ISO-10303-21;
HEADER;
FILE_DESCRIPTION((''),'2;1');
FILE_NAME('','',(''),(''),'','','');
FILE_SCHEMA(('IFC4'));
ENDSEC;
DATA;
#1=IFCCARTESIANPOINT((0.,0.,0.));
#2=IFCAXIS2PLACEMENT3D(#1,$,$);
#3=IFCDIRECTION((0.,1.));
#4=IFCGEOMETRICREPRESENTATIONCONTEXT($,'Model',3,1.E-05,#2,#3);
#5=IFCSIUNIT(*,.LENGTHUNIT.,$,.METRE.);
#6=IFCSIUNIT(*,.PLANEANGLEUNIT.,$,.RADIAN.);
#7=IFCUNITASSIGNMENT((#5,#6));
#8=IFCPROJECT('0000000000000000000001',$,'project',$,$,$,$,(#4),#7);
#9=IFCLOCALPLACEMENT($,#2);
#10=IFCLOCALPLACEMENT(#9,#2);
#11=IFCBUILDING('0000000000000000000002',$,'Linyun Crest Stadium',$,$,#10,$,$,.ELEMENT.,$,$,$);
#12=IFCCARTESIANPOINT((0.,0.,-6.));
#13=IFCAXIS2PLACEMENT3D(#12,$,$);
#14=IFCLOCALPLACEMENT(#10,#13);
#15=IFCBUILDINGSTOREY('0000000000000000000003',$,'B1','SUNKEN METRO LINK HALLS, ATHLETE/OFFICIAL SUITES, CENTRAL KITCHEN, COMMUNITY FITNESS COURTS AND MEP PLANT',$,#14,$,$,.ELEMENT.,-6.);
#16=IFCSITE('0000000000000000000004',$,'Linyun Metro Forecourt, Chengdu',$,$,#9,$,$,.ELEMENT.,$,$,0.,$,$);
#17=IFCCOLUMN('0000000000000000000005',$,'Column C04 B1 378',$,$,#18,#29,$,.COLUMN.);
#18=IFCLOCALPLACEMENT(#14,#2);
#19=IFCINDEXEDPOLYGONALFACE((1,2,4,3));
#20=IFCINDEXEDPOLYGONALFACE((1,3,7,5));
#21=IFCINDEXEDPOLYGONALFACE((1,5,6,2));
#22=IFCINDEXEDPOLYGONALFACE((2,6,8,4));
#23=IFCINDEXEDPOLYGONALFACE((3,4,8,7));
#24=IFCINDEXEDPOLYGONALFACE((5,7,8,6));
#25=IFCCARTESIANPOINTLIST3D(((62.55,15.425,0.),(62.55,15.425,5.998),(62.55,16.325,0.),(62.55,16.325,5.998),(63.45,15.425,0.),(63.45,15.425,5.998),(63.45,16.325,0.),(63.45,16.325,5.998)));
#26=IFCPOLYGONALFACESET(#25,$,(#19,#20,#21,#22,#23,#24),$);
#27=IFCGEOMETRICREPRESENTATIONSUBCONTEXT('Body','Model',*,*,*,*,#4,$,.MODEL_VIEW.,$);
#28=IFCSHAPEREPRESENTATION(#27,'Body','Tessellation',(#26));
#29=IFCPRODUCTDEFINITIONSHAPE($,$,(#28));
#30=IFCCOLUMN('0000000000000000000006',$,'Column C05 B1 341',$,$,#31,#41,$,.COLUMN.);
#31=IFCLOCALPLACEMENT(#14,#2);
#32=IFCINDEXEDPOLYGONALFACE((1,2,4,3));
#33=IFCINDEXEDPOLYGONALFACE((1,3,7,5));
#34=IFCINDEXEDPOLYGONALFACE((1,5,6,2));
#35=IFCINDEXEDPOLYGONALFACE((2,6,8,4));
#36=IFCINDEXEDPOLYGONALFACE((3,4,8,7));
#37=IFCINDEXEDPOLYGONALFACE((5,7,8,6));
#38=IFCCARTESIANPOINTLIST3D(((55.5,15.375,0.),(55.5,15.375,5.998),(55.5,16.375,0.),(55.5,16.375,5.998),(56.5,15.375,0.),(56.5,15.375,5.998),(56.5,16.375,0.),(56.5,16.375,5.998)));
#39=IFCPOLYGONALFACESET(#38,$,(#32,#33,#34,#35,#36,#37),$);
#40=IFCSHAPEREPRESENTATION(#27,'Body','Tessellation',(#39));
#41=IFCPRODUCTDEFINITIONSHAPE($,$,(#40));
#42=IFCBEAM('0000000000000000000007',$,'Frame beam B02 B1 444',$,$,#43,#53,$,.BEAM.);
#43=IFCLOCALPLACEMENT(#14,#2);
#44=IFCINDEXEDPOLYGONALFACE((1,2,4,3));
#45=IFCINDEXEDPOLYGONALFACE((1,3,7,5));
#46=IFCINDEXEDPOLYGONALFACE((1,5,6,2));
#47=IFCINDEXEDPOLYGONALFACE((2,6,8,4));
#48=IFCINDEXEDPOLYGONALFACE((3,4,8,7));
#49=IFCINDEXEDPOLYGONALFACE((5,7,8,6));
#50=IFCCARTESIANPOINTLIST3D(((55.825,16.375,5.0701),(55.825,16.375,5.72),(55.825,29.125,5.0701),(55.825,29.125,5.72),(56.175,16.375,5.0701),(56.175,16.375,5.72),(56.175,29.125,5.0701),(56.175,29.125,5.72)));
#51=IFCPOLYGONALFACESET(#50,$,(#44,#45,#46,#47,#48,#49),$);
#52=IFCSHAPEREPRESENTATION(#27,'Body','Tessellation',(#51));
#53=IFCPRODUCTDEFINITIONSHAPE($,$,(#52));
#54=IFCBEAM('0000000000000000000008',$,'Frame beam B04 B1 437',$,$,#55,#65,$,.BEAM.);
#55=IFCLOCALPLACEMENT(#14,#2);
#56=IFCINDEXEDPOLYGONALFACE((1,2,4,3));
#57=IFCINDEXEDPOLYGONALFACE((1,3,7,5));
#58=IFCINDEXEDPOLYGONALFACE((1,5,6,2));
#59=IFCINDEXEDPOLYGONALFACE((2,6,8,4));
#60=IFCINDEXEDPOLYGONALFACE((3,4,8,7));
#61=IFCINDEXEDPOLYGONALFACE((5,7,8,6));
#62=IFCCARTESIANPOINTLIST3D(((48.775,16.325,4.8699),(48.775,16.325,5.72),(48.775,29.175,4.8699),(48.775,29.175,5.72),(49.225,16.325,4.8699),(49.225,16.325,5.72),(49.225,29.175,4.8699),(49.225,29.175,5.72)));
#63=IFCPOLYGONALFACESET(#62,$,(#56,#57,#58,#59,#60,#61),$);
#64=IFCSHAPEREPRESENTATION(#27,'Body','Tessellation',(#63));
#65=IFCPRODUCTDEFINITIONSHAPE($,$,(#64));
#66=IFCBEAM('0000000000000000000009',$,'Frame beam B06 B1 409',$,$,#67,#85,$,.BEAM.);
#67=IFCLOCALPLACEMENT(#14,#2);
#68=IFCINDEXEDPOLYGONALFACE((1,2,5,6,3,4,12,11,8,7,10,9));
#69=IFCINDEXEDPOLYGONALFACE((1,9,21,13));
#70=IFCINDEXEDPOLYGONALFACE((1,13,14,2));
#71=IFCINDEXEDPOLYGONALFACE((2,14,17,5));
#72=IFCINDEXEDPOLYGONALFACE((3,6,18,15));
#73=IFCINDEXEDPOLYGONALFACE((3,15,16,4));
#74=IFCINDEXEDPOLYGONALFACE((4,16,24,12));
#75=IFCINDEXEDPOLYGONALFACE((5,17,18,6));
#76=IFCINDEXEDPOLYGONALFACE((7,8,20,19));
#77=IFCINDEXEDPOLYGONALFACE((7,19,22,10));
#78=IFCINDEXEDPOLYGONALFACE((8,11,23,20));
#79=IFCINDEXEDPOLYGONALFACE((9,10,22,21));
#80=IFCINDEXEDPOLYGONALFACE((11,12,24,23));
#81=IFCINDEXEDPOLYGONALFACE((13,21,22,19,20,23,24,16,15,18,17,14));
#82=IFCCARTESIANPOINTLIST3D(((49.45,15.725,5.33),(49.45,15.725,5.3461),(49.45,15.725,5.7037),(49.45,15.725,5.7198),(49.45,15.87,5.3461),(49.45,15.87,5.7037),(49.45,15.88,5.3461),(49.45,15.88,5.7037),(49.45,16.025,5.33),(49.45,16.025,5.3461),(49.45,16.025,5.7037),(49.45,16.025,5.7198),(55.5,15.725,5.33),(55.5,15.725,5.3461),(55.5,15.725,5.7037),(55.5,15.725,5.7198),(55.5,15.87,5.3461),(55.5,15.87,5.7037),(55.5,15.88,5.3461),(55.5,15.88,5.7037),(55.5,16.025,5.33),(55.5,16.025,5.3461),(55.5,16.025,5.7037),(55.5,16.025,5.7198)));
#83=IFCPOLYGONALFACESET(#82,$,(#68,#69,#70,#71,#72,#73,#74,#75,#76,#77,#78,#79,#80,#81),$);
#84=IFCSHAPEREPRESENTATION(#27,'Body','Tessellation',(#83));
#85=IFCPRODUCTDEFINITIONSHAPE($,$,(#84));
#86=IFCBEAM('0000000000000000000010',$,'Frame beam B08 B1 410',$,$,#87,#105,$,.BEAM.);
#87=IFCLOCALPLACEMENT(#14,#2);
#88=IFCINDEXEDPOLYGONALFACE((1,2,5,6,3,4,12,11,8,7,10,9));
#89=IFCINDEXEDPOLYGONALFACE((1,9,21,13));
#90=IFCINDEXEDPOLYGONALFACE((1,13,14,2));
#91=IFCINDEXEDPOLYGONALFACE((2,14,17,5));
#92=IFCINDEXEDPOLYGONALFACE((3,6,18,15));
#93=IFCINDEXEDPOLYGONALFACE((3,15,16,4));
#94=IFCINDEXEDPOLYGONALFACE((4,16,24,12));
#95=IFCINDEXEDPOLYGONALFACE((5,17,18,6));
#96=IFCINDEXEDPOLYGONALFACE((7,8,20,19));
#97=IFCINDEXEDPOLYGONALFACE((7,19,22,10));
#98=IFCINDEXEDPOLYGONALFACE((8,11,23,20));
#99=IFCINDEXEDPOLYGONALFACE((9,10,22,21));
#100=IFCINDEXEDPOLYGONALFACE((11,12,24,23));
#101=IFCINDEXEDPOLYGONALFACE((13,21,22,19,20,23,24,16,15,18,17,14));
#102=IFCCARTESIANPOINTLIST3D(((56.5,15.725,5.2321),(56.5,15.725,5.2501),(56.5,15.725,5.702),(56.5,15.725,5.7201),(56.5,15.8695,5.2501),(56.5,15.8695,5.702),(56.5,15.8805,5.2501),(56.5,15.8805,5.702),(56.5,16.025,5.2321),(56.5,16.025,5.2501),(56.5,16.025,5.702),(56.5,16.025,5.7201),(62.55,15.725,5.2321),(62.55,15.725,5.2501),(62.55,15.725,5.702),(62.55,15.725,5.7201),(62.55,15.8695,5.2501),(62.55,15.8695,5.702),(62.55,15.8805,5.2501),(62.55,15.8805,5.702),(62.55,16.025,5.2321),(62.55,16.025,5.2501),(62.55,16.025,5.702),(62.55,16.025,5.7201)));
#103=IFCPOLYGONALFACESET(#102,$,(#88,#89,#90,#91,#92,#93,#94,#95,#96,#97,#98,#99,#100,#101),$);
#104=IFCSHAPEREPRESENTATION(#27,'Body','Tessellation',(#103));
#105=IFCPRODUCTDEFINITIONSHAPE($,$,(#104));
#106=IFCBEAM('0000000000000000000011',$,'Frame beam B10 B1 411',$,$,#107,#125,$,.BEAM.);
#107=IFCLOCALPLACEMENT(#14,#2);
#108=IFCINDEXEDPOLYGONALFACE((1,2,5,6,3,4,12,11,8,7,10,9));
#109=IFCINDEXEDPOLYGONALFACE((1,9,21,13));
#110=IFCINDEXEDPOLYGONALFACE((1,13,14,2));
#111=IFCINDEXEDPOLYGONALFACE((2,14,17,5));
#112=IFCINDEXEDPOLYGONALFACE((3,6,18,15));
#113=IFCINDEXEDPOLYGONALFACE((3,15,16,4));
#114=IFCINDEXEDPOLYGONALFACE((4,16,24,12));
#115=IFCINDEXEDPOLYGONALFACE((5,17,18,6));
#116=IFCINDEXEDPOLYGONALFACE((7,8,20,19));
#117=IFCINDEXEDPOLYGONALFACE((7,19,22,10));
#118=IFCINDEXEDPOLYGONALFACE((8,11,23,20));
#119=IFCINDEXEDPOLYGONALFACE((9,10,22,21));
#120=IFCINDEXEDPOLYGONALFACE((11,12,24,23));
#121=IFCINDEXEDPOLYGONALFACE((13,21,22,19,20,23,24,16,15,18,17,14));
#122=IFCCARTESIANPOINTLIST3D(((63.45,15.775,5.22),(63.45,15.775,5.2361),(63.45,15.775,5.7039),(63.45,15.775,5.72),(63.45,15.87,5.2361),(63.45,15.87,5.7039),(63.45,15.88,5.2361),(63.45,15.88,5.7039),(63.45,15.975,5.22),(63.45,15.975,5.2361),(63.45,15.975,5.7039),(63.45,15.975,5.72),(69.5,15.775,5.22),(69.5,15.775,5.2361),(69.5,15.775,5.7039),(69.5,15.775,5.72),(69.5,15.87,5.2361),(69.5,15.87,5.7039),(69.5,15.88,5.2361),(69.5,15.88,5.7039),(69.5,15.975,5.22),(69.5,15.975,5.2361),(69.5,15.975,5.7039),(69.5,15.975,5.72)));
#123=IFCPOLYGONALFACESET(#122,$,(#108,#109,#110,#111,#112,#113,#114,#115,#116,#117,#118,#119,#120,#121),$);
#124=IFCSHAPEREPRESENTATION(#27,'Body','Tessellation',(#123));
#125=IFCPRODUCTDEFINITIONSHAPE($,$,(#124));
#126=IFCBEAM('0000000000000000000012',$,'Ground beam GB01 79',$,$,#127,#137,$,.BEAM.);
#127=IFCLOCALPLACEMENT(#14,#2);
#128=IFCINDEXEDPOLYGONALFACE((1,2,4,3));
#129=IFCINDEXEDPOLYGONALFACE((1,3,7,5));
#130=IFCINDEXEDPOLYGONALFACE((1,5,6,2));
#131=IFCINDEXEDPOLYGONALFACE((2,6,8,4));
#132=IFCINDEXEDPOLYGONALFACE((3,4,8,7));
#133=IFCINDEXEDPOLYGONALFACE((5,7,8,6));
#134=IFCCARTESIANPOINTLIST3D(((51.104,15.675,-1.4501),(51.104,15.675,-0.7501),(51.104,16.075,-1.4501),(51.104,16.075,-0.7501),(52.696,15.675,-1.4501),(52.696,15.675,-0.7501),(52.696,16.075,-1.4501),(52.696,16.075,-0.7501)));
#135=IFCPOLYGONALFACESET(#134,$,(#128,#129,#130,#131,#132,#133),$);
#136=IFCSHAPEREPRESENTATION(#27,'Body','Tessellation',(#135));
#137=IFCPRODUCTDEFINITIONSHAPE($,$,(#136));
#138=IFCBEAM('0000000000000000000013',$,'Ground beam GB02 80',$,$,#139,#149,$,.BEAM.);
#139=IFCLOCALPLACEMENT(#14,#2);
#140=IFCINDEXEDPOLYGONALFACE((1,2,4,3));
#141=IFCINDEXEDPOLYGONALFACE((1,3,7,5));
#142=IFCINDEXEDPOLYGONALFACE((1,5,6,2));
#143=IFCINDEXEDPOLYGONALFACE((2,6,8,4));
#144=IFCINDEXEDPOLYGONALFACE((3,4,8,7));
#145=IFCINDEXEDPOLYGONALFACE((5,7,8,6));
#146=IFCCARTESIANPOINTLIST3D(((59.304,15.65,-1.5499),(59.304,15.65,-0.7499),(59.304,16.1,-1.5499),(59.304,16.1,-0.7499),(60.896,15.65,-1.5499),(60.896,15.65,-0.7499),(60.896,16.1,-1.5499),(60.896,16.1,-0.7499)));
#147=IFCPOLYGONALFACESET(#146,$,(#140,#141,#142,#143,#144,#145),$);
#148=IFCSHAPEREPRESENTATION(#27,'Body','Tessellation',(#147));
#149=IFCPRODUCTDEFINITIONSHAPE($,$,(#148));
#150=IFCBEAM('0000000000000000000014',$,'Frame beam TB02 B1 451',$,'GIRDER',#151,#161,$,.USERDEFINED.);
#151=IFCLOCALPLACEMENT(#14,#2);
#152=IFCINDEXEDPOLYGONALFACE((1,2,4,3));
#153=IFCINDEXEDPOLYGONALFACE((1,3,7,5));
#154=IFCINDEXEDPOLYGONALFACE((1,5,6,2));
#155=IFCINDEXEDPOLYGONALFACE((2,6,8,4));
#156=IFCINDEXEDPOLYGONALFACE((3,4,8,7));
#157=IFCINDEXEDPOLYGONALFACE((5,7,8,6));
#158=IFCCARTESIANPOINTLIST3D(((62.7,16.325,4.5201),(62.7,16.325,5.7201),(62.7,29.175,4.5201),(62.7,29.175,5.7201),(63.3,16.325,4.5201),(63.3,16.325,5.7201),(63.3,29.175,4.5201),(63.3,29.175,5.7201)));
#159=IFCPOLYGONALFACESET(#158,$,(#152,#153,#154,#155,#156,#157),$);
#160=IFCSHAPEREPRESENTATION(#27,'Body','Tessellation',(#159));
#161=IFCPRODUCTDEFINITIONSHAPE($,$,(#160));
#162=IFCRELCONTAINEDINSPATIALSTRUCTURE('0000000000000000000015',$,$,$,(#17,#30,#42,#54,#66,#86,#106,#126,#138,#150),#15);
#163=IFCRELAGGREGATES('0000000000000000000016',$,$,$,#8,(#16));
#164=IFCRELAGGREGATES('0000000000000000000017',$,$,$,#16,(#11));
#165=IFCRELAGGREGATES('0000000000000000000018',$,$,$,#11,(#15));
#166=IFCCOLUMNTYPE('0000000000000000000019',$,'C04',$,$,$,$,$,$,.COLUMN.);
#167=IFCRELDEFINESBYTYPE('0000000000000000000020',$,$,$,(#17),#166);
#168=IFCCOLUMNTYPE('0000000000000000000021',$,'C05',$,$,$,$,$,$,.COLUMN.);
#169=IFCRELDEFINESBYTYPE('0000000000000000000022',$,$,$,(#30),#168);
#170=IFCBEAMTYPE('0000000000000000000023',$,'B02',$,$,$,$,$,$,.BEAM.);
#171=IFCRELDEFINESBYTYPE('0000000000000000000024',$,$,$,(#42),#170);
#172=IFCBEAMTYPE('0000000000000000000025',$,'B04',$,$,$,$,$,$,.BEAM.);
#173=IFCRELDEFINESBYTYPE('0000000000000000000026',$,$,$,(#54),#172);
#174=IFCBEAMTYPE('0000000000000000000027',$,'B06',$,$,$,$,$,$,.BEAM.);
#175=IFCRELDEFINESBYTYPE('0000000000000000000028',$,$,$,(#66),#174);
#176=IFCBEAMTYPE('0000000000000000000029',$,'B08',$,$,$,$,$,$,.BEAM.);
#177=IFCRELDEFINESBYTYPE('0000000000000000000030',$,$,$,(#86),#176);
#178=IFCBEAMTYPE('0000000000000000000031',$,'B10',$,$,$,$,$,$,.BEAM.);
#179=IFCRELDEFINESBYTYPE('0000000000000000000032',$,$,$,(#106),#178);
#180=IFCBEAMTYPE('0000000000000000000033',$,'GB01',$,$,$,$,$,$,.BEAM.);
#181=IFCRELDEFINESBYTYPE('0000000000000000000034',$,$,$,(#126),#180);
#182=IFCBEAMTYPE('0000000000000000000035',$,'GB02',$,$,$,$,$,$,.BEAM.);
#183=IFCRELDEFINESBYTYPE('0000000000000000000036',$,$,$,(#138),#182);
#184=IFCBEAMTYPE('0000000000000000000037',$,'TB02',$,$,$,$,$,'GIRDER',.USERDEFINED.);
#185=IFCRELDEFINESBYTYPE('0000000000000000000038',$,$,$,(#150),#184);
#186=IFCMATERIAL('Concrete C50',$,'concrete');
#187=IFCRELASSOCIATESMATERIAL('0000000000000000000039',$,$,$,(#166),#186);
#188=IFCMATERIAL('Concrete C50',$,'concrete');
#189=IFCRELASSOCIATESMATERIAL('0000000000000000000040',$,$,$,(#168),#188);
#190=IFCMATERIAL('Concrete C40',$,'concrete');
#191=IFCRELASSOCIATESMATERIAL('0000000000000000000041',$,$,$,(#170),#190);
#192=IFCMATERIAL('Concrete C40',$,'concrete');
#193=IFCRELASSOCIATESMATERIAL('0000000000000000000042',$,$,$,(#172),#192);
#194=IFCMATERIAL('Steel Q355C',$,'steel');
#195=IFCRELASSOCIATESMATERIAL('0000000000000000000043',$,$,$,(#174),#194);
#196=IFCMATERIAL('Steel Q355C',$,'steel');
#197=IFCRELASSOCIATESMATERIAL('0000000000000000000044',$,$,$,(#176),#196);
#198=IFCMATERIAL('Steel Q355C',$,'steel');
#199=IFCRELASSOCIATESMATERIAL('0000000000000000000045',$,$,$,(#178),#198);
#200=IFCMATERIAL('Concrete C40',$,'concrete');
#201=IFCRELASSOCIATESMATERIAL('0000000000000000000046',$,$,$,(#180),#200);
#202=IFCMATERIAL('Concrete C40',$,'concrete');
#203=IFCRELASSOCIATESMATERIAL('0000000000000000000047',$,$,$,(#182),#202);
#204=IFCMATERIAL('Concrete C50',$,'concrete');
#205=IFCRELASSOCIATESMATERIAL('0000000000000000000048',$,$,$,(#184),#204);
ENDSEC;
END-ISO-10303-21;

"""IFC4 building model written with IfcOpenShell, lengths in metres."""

from ifc_helpers import new_model, si_unit, direction, frame, origin, origin_2d, place, context, subcontext, project, spatial, rectangle, i_section, extrude, material, material_profile, profile_set, type_object, element, save


model = new_model("IFC4")

# Units and contexts
model_context = context("Model", 3, precision=1e-05, world=origin(), true_north=direction((0.0, 1.0)))
body_context = subcontext(model_context, "Body", "Model", "MODEL_VIEW")
ifc_project = project(units=[si_unit("LENGTHUNIT", "METRE"), si_unit("PLANEANGLEUNIT", "RADIAN")], contexts=[model_context])

# Site, building, storey
site_placement = place(None, origin())
site = spatial("IfcSite", under=ifc_project, at=site_placement, Name="Linyun Metro Forecourt, Chengdu", CompositionType="ELEMENT", RefElevation=0.0)
building_placement = place(site_placement, origin())
building = spatial("IfcBuilding", under=site, at=building_placement, Name="Linyun Crest Stadium", CompositionType="ELEMENT")
storey_placement = place(building_placement, frame((0.0, 0.0, -6.0)))
storey = spatial("IfcBuildingStorey", under=building, at=storey_placement, Name="B1", Description="SUNKEN METRO LINK HALLS, ATHLETE/OFFICIAL SUITES, CENTRAL KITCHEN, COMMUNITY FITNESS COURTS AND MEP PLANT", CompositionType="ELEMENT", Elevation=-6.0)

# Columns
ifc_material_1 = material(Name="Concrete C50", Category="concrete")
ifc_material_profile_1 = material_profile(ifc_material_1, rectangle(XDim=0.8999, YDim=0.8999, at=origin_2d()), Name="RC 900x900")
ifc_profile_set_1 = profile_set([ifc_material_profile_1], Name="Concrete C50")
column_type_1 = type_object("IfcColumnType", Name="C04", PredefinedType="COLUMN", material=ifc_profile_set_1)
for number, where, z_axis, x_axis, name in (
    (1, (63.0, 15.875, 0.0), (0.0, 0.0, 1.0), (1.0, 0.0, 0.0), "Column C04 B1 378"),
):
    element("IfcColumn", number, at=place(storey_placement, frame(where, z_axis=z_axis, x_axis=x_axis)), inside=storey, type_object=column_type_1, Name=name, PredefinedType="COLUMN", context=body_context, shape_type="SweptSolid", body=[
        extrude(rectangle(XDim=0.8999, YDim=0.8999, at=origin_2d()), origin(), (0.0, 0.0, 1.0), 5.998),
    ])
ifc_material_2 = material(Name="Concrete C50", Category="concrete")
ifc_material_profile_2 = material_profile(ifc_material_2, rectangle(XDim=1.0, YDim=1.0, at=origin_2d()), Name="RC 1000x1000")
ifc_profile_set_2 = profile_set([ifc_material_profile_2], Name="Concrete C50")
column_type_2 = type_object("IfcColumnType", Name="C05", PredefinedType="COLUMN", material=ifc_profile_set_2)
column_placement = place(storey_placement, frame((56.0, 15.875, 0.0), z_axis=(0.0, 0.0, 1.0), x_axis=(1.0, 0.0, 0.0)))
element("IfcColumn", 2, at=column_placement, inside=storey, type_object=column_type_2, Name="Column C05 B1 341", PredefinedType="COLUMN", context=body_context, shape_type="SweptSolid", body=[
    extrude(rectangle(XDim=1.0, YDim=1.0, at=origin_2d()), origin(), (0.0, 0.0, 1.0), 5.998),
])

# Beams
ifc_material_3 = material(Name="Concrete C40", Category="concrete")
ifc_material_profile_3 = material_profile(ifc_material_3, rectangle(XDim=0.3501, YDim=0.6499, at=origin_2d()), Name="RCB 650x350")
ifc_profile_set_3 = profile_set([ifc_material_profile_3], Name="Concrete C40")
beam_type_1 = type_object("IfcBeamType", Name="B02", PredefinedType="BEAM", material=ifc_profile_set_3)
beam_1_placement = place(storey_placement, frame((56.0, 16.375, 5.395), z_axis=(0.0, 1.0, 0.0), x_axis=(-1.0, 0.0, 0.0)))
element("IfcBeam", 3, at=beam_1_placement, inside=storey, type_object=beam_type_1, Name="Frame beam B02 B1 444", PredefinedType="BEAM", context=body_context, shape_type="SweptSolid", body=[
    extrude(rectangle(XDim=0.3501, YDim=0.6499, at=origin_2d()), origin(), (0.0, 0.0, 1.0), 12.75),
])
ifc_material_4 = material(Name="Concrete C40", Category="concrete")
ifc_material_profile_4 = material_profile(ifc_material_4, rectangle(XDim=0.45, YDim=0.8501, at=origin_2d()), Name="RCB 850x450")
ifc_profile_set_4 = profile_set([ifc_material_profile_4], Name="Concrete C40")
beam_type_2 = type_object("IfcBeamType", Name="B04", PredefinedType="BEAM", material=ifc_profile_set_4)
beam_2_placement = place(storey_placement, frame((49.0, 16.325, 5.2949), z_axis=(0.0, 1.0, 0.0), x_axis=(-1.0, 0.0, 0.0)))
element("IfcBeam", 4, at=beam_2_placement, inside=storey, type_object=beam_type_2, Name="Frame beam B04 B1 437", PredefinedType="BEAM", context=body_context, shape_type="SweptSolid", body=[
    extrude(rectangle(XDim=0.45, YDim=0.8501, at=origin_2d()), origin(), (0.0, 0.0, 1.0), 12.8501),
])
ifc_material_5 = material(Name="Steel Q355C", Category="steel")
ifc_material_profile_5 = material_profile(ifc_material_5, i_section(OverallWidth=0.3, OverallDepth=0.3899, WebThickness=0.01, FlangeThickness=0.0161, at=origin_2d()), Name="HM 390x300")
ifc_profile_set_5 = profile_set([ifc_material_profile_5], Name="Steel Q355C")
beam_type_3 = type_object("IfcBeamType", Name="B06", PredefinedType="BEAM", material=ifc_profile_set_5)
beam_3_placement = place(storey_placement, frame((49.45, 15.875, 5.5249), z_axis=(1.0, 0.0, 0.0), x_axis=(0.0, 1.0, 0.0)))
element("IfcBeam", 5, at=beam_3_placement, inside=storey, type_object=beam_type_3, Name="Frame beam B06 B1 409", PredefinedType="BEAM", context=body_context, shape_type="SweptSolid", body=[
    extrude(i_section(OverallWidth=0.3, OverallDepth=0.3899, WebThickness=0.01, FlangeThickness=0.0161, at=origin_2d()), origin(), (0.0, 0.0, 1.0), 6.05),
])
ifc_material_6 = material(Name="Steel Q355C", Category="steel")
ifc_material_profile_6 = material_profile(ifc_material_6, i_section(OverallWidth=0.3, OverallDepth=0.488, WebThickness=0.011, FlangeThickness=0.0181, at=origin_2d()), Name="HM 488x300")
ifc_profile_set_6 = profile_set([ifc_material_profile_6], Name="Steel Q355C")
beam_type_4 = type_object("IfcBeamType", Name="B08", PredefinedType="BEAM", material=ifc_profile_set_6)
beam_4_placement = place(storey_placement, frame((56.5, 15.875, 5.4761), z_axis=(1.0, 0.0, 0.0), x_axis=(0.0, 1.0, 0.0)))
element("IfcBeam", 6, at=beam_4_placement, inside=storey, type_object=beam_type_4, Name="Frame beam B08 B1 410", PredefinedType="BEAM", context=body_context, shape_type="SweptSolid", body=[
    extrude(i_section(OverallWidth=0.3, OverallDepth=0.488, WebThickness=0.011, FlangeThickness=0.0181, at=origin_2d()), origin(), (0.0, 0.0, 1.0), 6.05),
])
ifc_material_7 = material(Name="Steel Q355C", Category="steel")
ifc_material_profile_7 = material_profile(ifc_material_7, i_section(OverallWidth=0.2, OverallDepth=0.5, WebThickness=0.01, FlangeThickness=0.0161, at=origin_2d()), Name="HN 500x200")
ifc_profile_set_7 = profile_set([ifc_material_profile_7], Name="Steel Q355C")
beam_type_5 = type_object("IfcBeamType", Name="B10", PredefinedType="BEAM", material=ifc_profile_set_7)
beam_5_placement = place(storey_placement, frame((63.45, 15.875, 5.47), z_axis=(1.0, 0.0, 0.0), x_axis=(0.0, 1.0, 0.0)))
element("IfcBeam", 7, at=beam_5_placement, inside=storey, type_object=beam_type_5, Name="Frame beam B10 B1 411", PredefinedType="BEAM", context=body_context, shape_type="SweptSolid", body=[
    extrude(i_section(OverallWidth=0.2, OverallDepth=0.5, WebThickness=0.01, FlangeThickness=0.0161, at=origin_2d()), origin(), (0.0, 0.0, 1.0), 6.05),
])
ifc_material_8 = material(Name="Concrete C40", Category="concrete")
ifc_material_profile_8 = material_profile(ifc_material_8, rectangle(XDim=0.3999, YDim=0.7, at=origin_2d()), Name="RCB 700x400")
ifc_profile_set_8 = profile_set([ifc_material_profile_8], Name="Concrete C40")
beam_type_6 = type_object("IfcBeamType", Name="GB01", PredefinedType="BEAM", material=ifc_profile_set_8)
beam_6_placement = place(storey_placement, frame((51.104, 15.875, -1.1001), z_axis=(1.0, 0.0, 0.0), x_axis=(0.0, 1.0, 0.0)))
element("IfcBeam", 8, at=beam_6_placement, inside=storey, type_object=beam_type_6, Name="Ground beam GB01 79", PredefinedType="BEAM", context=body_context, shape_type="SweptSolid", body=[
    extrude(rectangle(XDim=0.3999, YDim=0.7, at=origin_2d()), origin(), (0.0, 0.0, 1.0), 1.592),
])
ifc_material_9 = material(Name="Concrete C40", Category="concrete")
ifc_material_profile_9 = material_profile(ifc_material_9, rectangle(XDim=0.45, YDim=0.8, at=origin_2d()), Name="RCB 800x450")
ifc_profile_set_9 = profile_set([ifc_material_profile_9], Name="Concrete C40")
beam_type_7 = type_object("IfcBeamType", Name="GB02", PredefinedType="BEAM", material=ifc_profile_set_9)
beam_7_placement = place(storey_placement, frame((59.304, 15.875, -1.1499), z_axis=(1.0, 0.0, 0.0), x_axis=(0.0, 1.0, 0.0)))
element("IfcBeam", 9, at=beam_7_placement, inside=storey, type_object=beam_type_7, Name="Ground beam GB02 80", PredefinedType="BEAM", context=body_context, shape_type="SweptSolid", body=[
    extrude(rectangle(XDim=0.45, YDim=0.8, at=origin_2d()), origin(), (0.0, 0.0, 1.0), 1.592),
])
ifc_material_10 = material(Name="Concrete C50", Category="concrete")
ifc_material_profile_10 = material_profile(ifc_material_10, rectangle(XDim=0.6001, YDim=1.2, at=origin_2d()), Name="RCB 1200x600")
ifc_profile_set_10 = profile_set([ifc_material_profile_10], Name="Concrete C50")
beam_type_8 = type_object("IfcBeamType", Name="TB02", ElementType="GIRDER", PredefinedType="USERDEFINED", material=ifc_profile_set_10)
beam_8_placement = place(storey_placement, frame((63.0, 16.325, 5.1201), z_axis=(0.0, 1.0, 0.0), x_axis=(-1.0, 0.0, 0.0)))
element("IfcBeam", 10, at=beam_8_placement, inside=storey, type_object=beam_type_8, Name="Frame beam TB02 B1 451", ObjectType="GIRDER", PredefinedType="USERDEFINED", context=body_context, shape_type="SweptSolid", body=[
    extrude(rectangle(XDim=0.6001, YDim=1.2, at=origin_2d()), origin(), (0.0, 0.0, 1.0), 12.8501),
])

save(model, "model.ifc")
